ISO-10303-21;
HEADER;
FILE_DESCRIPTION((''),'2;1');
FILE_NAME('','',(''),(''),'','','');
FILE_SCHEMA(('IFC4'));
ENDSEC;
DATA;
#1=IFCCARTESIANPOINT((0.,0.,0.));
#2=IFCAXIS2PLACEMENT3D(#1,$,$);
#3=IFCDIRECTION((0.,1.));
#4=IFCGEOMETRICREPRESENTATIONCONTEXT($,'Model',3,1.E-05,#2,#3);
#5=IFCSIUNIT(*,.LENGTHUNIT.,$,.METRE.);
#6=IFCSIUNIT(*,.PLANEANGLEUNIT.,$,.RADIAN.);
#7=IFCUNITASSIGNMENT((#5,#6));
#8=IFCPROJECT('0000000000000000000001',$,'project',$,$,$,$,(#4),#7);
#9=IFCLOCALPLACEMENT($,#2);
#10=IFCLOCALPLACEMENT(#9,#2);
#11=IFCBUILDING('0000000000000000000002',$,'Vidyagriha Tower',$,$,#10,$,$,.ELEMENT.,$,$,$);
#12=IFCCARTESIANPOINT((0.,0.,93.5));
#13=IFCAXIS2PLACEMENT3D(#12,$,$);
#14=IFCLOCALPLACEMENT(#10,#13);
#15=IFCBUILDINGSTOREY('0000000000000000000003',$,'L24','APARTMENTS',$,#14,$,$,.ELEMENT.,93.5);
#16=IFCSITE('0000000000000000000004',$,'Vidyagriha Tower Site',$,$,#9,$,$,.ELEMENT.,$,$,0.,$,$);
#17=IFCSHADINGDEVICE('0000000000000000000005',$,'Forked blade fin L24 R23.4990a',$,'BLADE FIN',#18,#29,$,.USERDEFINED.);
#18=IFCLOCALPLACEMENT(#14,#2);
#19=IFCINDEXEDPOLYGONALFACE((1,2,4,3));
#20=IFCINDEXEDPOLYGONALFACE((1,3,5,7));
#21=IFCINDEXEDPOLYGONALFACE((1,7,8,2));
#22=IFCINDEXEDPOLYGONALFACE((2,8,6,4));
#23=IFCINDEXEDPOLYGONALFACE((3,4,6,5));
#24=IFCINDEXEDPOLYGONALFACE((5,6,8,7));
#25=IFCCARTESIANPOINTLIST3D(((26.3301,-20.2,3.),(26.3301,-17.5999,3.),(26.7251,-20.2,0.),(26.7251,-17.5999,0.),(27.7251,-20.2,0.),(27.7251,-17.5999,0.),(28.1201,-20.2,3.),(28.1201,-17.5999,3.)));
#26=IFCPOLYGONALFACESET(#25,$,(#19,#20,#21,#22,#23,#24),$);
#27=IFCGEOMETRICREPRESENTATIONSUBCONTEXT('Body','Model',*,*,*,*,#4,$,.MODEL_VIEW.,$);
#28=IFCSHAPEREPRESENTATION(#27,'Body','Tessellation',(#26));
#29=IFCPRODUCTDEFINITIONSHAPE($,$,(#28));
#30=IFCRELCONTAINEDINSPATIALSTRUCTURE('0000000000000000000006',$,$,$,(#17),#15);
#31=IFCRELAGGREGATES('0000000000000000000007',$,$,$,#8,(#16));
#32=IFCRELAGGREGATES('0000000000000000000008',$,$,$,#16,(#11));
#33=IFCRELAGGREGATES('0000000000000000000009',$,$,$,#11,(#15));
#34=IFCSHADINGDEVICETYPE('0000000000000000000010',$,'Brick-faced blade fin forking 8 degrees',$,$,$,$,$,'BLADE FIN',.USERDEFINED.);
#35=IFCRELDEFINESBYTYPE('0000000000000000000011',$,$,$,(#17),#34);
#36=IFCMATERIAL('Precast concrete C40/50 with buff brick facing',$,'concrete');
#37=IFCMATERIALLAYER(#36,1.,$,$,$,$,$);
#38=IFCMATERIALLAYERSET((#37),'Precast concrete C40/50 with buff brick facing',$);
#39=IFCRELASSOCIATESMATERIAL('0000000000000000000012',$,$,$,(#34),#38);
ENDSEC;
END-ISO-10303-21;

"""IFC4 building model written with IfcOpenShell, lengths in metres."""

from ifc_helpers import new_model, si_unit, direction, frame, origin, place, context, subcontext, project, spatial, polyline, outline, extrude, material, layer, layer_set, type_object, element, save


model = new_model("IFC4")

# Units and contexts
model_context = context("Model", 3, precision=1e-05, world=origin(), true_north=direction((0.0, 1.0)))
body_context = subcontext(model_context, "Body", "Model", "MODEL_VIEW")
ifc_project = project(units=[si_unit("LENGTHUNIT", "METRE"), si_unit("PLANEANGLEUNIT", "RADIAN")], contexts=[model_context])

# Site, building, storey
site_placement = place(None, origin())
site = spatial("IfcSite", under=ifc_project, at=site_placement, Name="Vidyagriha Tower Site", CompositionType="ELEMENT", RefElevation=0.0)
building_placement = place(site_placement, origin())
building = spatial("IfcBuilding", under=site, at=building_placement, Name="Vidyagriha Tower", CompositionType="ELEMENT")
storey_placement = place(building_placement, frame((0.0, 0.0, 93.5)))
storey = spatial("IfcBuildingStorey", under=building, at=storey_placement, Name="L24", Description="APARTMENTS", CompositionType="ELEMENT", Elevation=93.5)

# Shading device
ifc_material_1 = material(Name="Precast concrete C40/50 with buff brick facing", Category="concrete")
ifc_layer_1 = layer(ifc_material_1, 1.0)
ifc_layer_set_1 = layer_set([ifc_layer_1], Name="Precast concrete C40/50 with buff brick facing")
shading_device_type_1 = type_object("IfcShadingDeviceType", Name="Brick-faced blade fin forking 8 degrees", ElementType="BLADE FIN", PredefinedType="USERDEFINED", material=ifc_layer_set_1)
shading_device_1_placement = place(storey_placement, frame((26.3301, -18.8999, 0.0)))
element("IfcShadingDevice", 1, at=shading_device_1_placement, inside=storey, type_object=shading_device_type_1, Name="Forked blade fin L24 R23.4990a", ObjectType="BLADE FIN", PredefinedType="USERDEFINED", context=body_context, shape_type="SweptSolid", body=[
    extrude(outline(polyline([(0.395, 0.0), (1.395, 0.0), (1.79, 3.0), (0.0, 3.0), (0.395, 0.0)])), frame((0.0, 1.3, 0.0), z_axis=(0.0, -1.0, 0.0), x_axis=(1.0, 0.0, 0.0)), (0.0, 0.0, 1.0), 2.6001),
])

save(model, "model.ifc")
